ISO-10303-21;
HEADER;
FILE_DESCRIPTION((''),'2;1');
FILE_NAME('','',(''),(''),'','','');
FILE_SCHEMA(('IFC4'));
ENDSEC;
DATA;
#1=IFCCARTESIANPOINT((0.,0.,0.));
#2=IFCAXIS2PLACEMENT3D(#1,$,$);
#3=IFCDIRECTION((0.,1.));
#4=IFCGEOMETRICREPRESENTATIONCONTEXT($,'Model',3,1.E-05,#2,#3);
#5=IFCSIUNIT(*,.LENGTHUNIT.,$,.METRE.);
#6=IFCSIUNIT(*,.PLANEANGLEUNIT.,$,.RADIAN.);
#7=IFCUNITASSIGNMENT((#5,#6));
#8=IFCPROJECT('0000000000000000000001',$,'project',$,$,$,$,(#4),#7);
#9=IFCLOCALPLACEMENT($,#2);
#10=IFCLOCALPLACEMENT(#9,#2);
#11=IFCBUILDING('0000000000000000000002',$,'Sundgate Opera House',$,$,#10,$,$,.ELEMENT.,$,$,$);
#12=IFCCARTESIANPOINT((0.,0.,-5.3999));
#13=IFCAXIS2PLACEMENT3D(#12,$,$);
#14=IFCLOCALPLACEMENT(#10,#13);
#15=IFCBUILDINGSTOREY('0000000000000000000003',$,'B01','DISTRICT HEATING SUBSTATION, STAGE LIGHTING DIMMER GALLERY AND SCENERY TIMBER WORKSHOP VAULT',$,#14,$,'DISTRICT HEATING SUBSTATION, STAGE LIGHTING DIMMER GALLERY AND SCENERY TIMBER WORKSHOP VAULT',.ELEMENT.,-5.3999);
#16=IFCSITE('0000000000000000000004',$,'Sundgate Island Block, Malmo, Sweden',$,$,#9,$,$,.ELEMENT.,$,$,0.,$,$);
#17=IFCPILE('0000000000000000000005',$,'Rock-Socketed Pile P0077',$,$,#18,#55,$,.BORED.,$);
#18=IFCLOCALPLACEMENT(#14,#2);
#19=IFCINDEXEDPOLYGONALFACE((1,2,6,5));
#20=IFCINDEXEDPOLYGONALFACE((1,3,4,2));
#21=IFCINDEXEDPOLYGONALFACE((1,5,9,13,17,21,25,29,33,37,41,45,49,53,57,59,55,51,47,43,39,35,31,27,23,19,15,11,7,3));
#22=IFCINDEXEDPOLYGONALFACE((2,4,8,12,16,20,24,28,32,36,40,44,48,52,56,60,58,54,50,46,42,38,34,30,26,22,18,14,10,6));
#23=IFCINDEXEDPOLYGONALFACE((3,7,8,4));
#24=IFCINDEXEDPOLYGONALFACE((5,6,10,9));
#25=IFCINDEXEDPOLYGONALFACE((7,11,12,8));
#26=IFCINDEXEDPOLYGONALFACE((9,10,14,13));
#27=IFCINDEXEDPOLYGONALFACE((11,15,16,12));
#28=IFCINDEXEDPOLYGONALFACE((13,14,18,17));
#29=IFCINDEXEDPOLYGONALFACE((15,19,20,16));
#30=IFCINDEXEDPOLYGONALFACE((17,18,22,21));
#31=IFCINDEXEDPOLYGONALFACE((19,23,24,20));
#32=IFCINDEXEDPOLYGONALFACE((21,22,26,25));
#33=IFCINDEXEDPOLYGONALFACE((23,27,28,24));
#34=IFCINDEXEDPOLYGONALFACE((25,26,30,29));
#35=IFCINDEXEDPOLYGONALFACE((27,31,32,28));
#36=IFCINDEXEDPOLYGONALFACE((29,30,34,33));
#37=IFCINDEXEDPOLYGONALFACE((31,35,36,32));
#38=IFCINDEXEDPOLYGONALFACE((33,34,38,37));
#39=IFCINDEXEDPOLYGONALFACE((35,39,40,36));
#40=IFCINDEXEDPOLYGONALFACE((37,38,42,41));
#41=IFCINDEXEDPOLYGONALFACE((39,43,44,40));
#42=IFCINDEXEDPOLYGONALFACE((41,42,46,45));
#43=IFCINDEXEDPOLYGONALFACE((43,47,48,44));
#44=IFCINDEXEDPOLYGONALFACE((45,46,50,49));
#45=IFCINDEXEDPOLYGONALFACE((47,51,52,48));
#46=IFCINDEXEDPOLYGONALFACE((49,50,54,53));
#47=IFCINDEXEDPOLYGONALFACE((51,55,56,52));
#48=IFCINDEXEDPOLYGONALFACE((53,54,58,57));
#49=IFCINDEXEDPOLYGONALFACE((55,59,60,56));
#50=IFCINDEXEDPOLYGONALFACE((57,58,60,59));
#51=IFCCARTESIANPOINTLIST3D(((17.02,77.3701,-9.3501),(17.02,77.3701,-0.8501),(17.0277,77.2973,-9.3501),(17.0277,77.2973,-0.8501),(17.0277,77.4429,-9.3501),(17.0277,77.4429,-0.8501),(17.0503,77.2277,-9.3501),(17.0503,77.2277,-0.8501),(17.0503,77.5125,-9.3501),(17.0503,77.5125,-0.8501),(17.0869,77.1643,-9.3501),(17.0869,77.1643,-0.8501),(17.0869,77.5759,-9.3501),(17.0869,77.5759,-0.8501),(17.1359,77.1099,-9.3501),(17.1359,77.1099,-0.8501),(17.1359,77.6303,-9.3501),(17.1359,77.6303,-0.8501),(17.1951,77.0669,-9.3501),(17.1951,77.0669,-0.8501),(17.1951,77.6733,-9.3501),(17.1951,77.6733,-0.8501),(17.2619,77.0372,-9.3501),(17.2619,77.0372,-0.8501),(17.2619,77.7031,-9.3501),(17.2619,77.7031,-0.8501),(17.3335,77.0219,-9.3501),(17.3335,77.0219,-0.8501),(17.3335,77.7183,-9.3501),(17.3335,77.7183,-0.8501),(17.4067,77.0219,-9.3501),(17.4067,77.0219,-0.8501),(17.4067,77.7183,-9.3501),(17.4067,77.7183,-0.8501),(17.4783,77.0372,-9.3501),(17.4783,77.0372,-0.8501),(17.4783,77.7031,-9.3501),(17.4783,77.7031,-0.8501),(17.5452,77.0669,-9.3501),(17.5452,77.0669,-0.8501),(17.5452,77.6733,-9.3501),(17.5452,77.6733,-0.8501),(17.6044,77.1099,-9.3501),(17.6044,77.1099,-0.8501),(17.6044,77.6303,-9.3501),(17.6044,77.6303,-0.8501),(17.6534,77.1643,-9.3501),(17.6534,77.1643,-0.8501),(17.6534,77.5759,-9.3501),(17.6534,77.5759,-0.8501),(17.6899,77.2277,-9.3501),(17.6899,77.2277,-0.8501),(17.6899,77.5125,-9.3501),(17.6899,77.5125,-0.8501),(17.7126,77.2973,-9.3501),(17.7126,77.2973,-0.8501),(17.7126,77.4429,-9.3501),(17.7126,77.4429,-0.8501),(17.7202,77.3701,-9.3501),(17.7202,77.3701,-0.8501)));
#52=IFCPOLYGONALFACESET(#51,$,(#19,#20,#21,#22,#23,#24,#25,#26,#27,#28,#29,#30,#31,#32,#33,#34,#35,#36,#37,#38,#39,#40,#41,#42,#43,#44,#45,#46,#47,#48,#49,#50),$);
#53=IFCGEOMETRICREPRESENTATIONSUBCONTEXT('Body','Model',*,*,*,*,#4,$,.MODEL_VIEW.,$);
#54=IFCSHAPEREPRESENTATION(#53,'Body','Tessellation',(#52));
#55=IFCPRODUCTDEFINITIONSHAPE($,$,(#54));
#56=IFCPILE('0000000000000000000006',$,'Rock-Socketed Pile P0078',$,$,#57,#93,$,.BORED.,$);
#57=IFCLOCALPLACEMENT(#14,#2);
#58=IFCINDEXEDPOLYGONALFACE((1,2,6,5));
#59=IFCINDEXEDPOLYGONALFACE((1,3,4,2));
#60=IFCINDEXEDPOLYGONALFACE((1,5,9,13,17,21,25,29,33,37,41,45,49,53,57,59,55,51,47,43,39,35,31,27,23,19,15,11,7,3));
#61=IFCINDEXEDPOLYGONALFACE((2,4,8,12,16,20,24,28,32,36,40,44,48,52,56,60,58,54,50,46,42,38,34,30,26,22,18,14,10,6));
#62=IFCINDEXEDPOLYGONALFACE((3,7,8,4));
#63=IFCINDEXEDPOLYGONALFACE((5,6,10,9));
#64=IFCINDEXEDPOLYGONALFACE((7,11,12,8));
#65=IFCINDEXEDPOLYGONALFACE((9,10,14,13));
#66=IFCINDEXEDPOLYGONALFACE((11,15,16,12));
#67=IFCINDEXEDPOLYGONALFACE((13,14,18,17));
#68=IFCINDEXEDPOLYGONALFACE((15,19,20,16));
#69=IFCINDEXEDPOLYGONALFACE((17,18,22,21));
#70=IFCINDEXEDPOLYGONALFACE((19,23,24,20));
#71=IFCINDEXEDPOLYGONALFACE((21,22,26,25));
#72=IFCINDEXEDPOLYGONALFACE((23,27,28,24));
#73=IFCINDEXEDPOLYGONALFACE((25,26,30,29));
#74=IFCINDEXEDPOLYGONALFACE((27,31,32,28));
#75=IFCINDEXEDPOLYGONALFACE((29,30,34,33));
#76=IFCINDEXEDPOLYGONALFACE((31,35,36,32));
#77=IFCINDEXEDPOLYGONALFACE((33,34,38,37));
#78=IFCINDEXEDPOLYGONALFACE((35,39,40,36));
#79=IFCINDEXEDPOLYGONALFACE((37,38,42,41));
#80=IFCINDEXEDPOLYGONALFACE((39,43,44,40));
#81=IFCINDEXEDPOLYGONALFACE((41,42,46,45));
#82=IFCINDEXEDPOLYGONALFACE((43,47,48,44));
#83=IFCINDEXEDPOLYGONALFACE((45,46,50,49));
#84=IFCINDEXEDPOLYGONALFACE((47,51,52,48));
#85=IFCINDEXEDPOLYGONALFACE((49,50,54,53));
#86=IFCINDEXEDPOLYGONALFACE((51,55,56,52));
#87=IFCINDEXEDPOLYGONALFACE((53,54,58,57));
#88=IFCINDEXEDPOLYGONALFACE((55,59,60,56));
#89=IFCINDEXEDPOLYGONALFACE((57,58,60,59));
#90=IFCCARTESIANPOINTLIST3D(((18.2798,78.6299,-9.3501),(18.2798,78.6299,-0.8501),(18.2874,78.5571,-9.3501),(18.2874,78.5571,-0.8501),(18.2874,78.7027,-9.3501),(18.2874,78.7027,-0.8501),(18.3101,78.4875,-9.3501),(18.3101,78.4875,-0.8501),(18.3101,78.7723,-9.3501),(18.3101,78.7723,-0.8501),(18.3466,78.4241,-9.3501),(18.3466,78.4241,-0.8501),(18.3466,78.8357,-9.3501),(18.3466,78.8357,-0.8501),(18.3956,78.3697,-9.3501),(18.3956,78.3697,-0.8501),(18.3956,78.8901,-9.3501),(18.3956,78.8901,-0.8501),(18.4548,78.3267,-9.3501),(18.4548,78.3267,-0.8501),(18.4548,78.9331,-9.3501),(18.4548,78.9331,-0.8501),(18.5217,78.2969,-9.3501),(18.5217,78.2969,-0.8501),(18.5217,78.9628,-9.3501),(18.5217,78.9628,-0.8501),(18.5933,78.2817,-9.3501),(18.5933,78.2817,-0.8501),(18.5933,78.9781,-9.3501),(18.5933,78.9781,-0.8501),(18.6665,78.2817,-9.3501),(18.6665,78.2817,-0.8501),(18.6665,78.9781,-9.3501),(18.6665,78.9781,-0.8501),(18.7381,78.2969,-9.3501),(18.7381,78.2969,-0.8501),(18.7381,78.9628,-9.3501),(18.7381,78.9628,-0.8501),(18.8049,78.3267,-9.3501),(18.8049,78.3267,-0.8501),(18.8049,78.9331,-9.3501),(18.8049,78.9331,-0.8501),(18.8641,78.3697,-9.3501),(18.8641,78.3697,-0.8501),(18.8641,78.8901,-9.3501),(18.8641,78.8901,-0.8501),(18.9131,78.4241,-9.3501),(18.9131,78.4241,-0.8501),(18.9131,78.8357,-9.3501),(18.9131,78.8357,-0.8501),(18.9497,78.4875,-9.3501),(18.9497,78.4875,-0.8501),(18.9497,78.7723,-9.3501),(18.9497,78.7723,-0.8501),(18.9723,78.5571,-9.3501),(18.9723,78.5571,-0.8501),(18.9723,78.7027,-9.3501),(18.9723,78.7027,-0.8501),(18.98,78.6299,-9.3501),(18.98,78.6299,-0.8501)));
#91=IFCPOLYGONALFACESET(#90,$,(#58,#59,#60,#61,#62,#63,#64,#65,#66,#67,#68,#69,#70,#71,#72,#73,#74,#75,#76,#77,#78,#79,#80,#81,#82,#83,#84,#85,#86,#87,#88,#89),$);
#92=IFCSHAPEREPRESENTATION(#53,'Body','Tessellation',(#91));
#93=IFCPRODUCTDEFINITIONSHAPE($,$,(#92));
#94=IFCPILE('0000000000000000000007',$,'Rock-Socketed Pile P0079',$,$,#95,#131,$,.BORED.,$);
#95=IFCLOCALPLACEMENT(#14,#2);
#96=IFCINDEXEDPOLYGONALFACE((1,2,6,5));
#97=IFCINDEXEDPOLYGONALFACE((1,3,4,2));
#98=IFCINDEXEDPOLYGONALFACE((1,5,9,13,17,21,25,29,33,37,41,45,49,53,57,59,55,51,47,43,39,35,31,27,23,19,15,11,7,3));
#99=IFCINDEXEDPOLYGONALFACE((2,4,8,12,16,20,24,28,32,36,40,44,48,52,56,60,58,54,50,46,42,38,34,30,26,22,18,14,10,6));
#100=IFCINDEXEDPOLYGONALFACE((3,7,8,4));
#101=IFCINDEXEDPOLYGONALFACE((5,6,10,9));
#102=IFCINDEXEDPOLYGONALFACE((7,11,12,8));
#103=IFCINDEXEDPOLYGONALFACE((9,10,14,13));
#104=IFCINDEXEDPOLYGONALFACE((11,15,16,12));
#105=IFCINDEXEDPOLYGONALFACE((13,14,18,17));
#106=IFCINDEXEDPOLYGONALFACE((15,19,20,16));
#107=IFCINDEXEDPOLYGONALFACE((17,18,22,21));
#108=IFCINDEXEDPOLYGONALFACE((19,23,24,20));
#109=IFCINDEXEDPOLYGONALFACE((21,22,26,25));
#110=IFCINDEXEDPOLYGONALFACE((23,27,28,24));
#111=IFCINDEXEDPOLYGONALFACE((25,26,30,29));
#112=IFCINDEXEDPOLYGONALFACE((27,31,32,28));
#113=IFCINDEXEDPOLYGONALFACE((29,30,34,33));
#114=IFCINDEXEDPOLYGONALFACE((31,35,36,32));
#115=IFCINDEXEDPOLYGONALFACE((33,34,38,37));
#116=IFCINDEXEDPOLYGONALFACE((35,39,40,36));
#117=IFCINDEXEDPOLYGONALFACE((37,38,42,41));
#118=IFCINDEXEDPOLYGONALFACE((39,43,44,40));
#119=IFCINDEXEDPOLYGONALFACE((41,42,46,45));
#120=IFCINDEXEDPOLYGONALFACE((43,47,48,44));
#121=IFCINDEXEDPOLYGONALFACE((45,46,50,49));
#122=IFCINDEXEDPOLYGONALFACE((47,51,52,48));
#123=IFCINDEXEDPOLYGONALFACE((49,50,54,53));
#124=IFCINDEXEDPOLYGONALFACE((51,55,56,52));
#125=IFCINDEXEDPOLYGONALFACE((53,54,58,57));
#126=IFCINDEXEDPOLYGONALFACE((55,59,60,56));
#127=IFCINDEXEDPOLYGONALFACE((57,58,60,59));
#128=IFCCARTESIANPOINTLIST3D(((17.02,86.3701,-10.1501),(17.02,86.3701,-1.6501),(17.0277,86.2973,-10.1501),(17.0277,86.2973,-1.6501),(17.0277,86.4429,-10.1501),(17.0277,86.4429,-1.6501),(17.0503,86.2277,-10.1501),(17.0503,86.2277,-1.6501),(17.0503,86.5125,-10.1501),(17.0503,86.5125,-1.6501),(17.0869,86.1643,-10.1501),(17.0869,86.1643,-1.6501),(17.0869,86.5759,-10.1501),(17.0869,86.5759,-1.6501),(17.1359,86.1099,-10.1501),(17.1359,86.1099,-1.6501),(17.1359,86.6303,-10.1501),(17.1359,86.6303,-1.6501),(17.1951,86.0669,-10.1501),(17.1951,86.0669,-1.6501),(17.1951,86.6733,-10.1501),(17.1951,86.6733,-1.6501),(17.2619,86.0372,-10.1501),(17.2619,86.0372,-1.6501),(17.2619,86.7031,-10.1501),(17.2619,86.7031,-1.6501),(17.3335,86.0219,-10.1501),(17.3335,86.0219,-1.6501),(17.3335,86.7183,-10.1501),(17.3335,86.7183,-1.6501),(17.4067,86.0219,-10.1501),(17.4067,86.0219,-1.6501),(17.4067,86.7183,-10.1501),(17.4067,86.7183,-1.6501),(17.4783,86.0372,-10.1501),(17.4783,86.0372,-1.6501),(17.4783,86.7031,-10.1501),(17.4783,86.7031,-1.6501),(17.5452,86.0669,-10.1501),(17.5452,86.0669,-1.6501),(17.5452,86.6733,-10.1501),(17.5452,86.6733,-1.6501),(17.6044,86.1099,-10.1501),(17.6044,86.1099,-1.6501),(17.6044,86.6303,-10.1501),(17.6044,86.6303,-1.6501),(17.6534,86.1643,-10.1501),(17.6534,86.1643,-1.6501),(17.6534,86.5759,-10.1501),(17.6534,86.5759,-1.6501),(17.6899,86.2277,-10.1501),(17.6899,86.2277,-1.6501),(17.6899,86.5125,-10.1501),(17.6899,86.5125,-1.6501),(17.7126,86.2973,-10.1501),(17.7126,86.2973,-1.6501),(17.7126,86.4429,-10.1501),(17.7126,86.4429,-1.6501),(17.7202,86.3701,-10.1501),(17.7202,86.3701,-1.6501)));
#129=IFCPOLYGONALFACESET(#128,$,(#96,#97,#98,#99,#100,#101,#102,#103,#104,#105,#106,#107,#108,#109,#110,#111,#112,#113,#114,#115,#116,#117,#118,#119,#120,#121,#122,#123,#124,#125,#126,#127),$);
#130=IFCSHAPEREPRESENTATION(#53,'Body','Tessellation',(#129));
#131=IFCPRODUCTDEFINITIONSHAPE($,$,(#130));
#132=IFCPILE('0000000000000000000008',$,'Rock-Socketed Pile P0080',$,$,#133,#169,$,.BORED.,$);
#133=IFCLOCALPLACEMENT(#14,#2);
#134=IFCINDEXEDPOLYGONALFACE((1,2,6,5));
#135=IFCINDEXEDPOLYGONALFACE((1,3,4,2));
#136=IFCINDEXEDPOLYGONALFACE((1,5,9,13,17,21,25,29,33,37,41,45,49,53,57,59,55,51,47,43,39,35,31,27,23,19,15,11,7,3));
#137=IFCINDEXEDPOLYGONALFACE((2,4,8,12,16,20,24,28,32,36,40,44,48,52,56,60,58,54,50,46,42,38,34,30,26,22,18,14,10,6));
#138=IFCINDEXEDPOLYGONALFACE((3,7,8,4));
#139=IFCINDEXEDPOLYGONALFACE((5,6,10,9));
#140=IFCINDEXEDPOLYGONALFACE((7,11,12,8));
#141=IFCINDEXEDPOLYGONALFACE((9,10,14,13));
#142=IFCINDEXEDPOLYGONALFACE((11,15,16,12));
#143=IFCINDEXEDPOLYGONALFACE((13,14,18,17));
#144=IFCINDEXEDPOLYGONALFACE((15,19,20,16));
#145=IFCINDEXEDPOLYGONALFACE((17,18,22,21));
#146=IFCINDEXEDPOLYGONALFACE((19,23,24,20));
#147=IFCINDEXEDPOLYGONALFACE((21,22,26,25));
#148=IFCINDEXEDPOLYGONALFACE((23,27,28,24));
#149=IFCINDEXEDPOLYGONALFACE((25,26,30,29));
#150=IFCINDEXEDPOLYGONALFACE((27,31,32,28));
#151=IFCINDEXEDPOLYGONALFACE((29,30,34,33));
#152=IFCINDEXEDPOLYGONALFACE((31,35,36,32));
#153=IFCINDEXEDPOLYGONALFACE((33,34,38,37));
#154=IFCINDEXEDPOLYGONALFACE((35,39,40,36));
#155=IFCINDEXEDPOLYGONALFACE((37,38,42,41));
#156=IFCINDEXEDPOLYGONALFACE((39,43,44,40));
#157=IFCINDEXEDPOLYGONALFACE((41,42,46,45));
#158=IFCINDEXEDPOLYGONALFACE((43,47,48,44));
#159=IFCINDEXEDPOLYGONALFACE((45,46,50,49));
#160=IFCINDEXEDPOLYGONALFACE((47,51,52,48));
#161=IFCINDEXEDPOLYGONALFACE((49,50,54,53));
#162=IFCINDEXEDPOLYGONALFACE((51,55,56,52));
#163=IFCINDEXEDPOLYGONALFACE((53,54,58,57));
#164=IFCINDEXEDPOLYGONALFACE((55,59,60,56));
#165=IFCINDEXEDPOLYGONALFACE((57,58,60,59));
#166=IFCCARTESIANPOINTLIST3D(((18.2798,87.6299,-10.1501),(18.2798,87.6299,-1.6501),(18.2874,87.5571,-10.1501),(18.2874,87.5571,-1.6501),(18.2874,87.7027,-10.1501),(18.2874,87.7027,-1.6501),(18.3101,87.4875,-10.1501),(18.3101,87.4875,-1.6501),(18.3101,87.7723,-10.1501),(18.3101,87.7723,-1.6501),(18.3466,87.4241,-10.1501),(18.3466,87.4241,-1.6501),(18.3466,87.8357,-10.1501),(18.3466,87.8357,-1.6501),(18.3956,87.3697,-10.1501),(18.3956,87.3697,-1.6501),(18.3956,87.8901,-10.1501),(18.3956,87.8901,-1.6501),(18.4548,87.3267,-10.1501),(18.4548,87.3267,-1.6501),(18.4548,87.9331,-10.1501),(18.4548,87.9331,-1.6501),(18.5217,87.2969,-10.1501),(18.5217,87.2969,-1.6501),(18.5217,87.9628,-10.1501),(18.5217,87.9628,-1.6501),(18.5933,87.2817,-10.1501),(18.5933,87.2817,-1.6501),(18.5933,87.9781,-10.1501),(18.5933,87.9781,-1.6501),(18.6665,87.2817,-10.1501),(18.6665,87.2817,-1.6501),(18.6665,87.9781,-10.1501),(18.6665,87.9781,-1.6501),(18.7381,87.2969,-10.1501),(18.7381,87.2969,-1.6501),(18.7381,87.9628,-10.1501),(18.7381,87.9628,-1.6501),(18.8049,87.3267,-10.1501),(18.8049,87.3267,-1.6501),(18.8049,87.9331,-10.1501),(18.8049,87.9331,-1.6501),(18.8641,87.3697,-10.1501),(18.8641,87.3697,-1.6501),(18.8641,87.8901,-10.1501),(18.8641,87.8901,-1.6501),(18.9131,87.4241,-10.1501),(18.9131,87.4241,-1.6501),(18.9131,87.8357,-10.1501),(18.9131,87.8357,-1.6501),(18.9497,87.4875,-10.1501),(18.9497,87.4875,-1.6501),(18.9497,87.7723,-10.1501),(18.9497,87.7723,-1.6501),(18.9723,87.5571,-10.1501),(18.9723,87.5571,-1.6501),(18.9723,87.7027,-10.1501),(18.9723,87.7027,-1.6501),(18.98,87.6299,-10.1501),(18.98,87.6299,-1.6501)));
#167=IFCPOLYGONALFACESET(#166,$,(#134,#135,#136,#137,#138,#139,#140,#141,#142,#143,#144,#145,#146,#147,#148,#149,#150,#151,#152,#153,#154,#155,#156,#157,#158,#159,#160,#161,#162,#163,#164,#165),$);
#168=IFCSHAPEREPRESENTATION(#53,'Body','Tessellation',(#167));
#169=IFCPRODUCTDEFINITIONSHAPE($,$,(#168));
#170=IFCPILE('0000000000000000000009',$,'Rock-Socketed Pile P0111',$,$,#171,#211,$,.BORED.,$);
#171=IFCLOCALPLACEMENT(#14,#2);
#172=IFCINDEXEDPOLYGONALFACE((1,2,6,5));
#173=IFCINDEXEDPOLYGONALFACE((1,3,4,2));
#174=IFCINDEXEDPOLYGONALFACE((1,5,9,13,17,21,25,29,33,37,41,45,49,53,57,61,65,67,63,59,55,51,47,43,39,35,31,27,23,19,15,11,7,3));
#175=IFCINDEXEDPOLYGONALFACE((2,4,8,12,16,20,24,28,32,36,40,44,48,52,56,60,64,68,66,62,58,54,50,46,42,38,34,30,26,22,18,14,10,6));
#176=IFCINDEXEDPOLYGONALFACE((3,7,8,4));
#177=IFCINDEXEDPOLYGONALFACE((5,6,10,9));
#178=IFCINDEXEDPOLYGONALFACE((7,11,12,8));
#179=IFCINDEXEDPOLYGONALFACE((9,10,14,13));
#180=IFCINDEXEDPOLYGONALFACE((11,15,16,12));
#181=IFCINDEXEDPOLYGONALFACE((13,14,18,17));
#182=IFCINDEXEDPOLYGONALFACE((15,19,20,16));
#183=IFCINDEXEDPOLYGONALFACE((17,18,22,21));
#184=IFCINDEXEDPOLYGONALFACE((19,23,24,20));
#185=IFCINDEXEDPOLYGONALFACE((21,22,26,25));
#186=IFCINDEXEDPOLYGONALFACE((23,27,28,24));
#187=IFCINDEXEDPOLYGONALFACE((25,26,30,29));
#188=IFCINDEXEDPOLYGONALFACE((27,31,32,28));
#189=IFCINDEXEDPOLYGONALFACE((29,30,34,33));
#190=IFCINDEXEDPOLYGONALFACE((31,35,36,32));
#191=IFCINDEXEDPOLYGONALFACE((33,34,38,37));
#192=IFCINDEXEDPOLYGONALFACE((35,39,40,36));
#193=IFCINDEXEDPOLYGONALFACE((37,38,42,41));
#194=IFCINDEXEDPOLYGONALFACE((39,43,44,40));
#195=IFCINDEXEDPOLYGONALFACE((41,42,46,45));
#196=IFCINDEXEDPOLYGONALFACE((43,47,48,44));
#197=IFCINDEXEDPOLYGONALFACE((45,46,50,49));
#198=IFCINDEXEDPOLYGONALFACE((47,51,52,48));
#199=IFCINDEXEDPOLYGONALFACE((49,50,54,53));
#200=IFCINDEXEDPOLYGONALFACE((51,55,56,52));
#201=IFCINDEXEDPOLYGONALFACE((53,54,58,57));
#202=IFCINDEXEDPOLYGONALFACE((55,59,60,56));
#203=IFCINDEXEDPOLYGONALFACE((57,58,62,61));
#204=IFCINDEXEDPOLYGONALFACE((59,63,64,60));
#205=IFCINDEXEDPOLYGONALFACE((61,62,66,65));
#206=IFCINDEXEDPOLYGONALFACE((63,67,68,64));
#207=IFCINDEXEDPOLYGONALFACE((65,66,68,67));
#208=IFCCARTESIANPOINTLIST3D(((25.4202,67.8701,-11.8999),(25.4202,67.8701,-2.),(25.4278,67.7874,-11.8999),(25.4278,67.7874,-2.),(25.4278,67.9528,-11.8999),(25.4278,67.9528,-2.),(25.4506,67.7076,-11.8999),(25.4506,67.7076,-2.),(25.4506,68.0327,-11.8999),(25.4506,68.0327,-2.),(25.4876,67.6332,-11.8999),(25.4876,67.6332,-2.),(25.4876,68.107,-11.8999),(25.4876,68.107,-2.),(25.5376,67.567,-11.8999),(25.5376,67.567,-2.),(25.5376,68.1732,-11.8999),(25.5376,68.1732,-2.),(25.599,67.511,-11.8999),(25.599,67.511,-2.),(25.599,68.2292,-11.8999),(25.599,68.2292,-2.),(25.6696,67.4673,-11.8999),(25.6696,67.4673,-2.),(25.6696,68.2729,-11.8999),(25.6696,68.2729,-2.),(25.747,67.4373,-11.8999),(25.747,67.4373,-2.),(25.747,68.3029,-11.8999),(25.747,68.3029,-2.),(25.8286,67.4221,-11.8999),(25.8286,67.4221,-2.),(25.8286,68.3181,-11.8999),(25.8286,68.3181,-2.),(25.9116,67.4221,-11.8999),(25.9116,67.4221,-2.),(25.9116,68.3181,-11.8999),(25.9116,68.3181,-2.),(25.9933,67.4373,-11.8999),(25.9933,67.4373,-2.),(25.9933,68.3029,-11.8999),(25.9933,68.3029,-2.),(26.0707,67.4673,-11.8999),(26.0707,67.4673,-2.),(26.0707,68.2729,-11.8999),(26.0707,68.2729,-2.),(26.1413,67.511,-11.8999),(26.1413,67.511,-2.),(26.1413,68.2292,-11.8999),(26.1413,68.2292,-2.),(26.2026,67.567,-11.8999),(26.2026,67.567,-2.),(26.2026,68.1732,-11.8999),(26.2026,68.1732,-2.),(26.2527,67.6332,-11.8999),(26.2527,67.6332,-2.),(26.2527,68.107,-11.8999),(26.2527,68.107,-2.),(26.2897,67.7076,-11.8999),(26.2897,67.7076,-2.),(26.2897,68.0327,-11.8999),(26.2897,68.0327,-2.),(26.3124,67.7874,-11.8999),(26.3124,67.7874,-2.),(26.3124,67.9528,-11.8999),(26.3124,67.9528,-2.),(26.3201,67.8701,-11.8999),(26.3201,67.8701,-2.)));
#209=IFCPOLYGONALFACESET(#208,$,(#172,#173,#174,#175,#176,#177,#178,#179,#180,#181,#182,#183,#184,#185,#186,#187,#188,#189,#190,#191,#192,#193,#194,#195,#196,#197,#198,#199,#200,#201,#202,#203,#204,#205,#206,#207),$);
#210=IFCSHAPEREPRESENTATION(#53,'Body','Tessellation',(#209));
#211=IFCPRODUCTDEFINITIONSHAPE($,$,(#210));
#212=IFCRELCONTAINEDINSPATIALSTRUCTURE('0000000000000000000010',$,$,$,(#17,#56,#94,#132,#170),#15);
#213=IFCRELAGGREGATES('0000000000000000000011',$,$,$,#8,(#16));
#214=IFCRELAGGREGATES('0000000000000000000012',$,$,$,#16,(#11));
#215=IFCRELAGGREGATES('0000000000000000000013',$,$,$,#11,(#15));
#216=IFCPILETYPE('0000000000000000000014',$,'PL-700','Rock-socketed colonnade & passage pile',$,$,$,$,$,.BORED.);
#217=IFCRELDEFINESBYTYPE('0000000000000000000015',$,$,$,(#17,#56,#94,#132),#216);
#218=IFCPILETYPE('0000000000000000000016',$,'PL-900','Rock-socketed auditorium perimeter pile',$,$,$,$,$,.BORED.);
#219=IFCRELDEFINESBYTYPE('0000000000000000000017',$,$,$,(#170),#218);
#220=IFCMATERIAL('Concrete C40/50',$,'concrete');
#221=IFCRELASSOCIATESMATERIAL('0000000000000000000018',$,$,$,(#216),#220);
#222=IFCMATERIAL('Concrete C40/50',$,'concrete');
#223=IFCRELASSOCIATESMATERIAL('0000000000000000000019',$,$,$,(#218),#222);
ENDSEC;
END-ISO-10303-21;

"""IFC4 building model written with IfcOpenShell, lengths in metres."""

from ifc_helpers import new_model, si_unit, direction, frame, origin, origin_2d, place, context, subcontext, project, spatial, circle, extrude, material, material_profile, profile_set, type_object, element, save


model = new_model("IFC4")

# Units and contexts
model_context = context("Model", 3, precision=1e-05, world=origin(), true_north=direction((0.0, 1.0)))
body_context = subcontext(model_context, "Body", "Model", "MODEL_VIEW")
ifc_project = project(units=[si_unit("LENGTHUNIT", "METRE"), si_unit("PLANEANGLEUNIT", "RADIAN")], contexts=[model_context])

# Site, building, storey
site_placement = place(None, origin())
site = spatial("IfcSite", under=ifc_project, at=site_placement, Name="Sundgate Island Block, Malmo, Sweden", CompositionType="ELEMENT", RefElevation=0.0)
building_placement = place(site_placement, origin())
building = spatial("IfcBuilding", under=site, at=building_placement, Name="Sundgate Opera House", CompositionType="ELEMENT")
storey_placement = place(building_placement, frame((0.0, 0.0, -5.3999)))
storey = spatial("IfcBuildingStorey", under=building, at=storey_placement, Name="B01", Description="DISTRICT HEATING SUBSTATION, STAGE LIGHTING DIMMER GALLERY AND SCENERY TIMBER WORKSHOP VAULT", LongName="DISTRICT HEATING SUBSTATION, STAGE LIGHTING DIMMER GALLERY AND SCENERY TIMBER WORKSHOP VAULT", CompositionType="ELEMENT", Elevation=-5.3999)

# Piles
ifc_material_1 = material(Name="Concrete C40/50", Category="concrete")
ifc_material_profile_1 = material_profile(ifc_material_1, circle(Radius=0.3501, at=origin_2d()), Name="PILE D700")
ifc_profile_set_1 = profile_set([ifc_material_profile_1], Name="Concrete C40/50")
pile_type_1 = type_object("IfcPileType", Name="PL-700", Description="Rock-socketed colonnade & passage pile", PredefinedType="BORED", material=ifc_profile_set_1)
for number, where, z_axis, x_axis, name in (
    (1, (17.3701, 77.3701, -0.8501), (0.0, 0.0, -1.0), (1.0, 0.0, 0.0), "Rock-Socketed Pile P0077"),
    (2, (18.6299, 78.6299, -0.8501), (0.0, 0.0, -1.0), (1.0, 0.0, 0.0), "Rock-Socketed Pile P0078"),
    (3, (17.3701, 86.3701, -1.6501), (0.0, 0.0, -1.0), (1.0, 0.0, 0.0), "Rock-Socketed Pile P0079"),
    (4, (18.6299, 87.6299, -1.6501), (0.0, 0.0, -1.0), (1.0, 0.0, 0.0), "Rock-Socketed Pile P0080"),
):
    element("IfcPile", number, at=place(storey_placement, frame(where, z_axis=z_axis, x_axis=x_axis)), inside=storey, type_object=pile_type_1, Name=name, PredefinedType="BORED", context=body_context, shape_type="SweptSolid", body=[
        extrude(circle(Radius=0.3501, at=origin_2d()), origin(), (0.0, 0.0, 1.0), 8.5),
    ])
ifc_material_2 = material(Name="Concrete C40/50", Category="concrete")
ifc_material_profile_2 = material_profile(ifc_material_2, circle(Radius=0.45, at=origin_2d()), Name="PILE D900")
ifc_profile_set_2 = profile_set([ifc_material_profile_2], Name="Concrete C40/50")
pile_type_2 = type_object("IfcPileType", Name="PL-900", Description="Rock-socketed auditorium perimeter pile", PredefinedType="BORED", material=ifc_profile_set_2)
for number, where, z_axis, x_axis, name in (
    (5, (25.8701, 67.8701, -2.0), (0.0, 0.0, -1.0), (1.0, 0.0, 0.0), "Rock-Socketed Pile P0111"),
):
    element("IfcPile", number, at=place(storey_placement, frame(where, z_axis=z_axis, x_axis=x_axis)), inside=storey, type_object=pile_type_2, Name=name, PredefinedType="BORED", context=body_context, shape_type="SweptSolid", body=[
        extrude(circle(Radius=0.45, at=origin_2d()), origin(), (0.0, 0.0, 1.0), 9.8999),
    ])

save(model, "model.ifc")
